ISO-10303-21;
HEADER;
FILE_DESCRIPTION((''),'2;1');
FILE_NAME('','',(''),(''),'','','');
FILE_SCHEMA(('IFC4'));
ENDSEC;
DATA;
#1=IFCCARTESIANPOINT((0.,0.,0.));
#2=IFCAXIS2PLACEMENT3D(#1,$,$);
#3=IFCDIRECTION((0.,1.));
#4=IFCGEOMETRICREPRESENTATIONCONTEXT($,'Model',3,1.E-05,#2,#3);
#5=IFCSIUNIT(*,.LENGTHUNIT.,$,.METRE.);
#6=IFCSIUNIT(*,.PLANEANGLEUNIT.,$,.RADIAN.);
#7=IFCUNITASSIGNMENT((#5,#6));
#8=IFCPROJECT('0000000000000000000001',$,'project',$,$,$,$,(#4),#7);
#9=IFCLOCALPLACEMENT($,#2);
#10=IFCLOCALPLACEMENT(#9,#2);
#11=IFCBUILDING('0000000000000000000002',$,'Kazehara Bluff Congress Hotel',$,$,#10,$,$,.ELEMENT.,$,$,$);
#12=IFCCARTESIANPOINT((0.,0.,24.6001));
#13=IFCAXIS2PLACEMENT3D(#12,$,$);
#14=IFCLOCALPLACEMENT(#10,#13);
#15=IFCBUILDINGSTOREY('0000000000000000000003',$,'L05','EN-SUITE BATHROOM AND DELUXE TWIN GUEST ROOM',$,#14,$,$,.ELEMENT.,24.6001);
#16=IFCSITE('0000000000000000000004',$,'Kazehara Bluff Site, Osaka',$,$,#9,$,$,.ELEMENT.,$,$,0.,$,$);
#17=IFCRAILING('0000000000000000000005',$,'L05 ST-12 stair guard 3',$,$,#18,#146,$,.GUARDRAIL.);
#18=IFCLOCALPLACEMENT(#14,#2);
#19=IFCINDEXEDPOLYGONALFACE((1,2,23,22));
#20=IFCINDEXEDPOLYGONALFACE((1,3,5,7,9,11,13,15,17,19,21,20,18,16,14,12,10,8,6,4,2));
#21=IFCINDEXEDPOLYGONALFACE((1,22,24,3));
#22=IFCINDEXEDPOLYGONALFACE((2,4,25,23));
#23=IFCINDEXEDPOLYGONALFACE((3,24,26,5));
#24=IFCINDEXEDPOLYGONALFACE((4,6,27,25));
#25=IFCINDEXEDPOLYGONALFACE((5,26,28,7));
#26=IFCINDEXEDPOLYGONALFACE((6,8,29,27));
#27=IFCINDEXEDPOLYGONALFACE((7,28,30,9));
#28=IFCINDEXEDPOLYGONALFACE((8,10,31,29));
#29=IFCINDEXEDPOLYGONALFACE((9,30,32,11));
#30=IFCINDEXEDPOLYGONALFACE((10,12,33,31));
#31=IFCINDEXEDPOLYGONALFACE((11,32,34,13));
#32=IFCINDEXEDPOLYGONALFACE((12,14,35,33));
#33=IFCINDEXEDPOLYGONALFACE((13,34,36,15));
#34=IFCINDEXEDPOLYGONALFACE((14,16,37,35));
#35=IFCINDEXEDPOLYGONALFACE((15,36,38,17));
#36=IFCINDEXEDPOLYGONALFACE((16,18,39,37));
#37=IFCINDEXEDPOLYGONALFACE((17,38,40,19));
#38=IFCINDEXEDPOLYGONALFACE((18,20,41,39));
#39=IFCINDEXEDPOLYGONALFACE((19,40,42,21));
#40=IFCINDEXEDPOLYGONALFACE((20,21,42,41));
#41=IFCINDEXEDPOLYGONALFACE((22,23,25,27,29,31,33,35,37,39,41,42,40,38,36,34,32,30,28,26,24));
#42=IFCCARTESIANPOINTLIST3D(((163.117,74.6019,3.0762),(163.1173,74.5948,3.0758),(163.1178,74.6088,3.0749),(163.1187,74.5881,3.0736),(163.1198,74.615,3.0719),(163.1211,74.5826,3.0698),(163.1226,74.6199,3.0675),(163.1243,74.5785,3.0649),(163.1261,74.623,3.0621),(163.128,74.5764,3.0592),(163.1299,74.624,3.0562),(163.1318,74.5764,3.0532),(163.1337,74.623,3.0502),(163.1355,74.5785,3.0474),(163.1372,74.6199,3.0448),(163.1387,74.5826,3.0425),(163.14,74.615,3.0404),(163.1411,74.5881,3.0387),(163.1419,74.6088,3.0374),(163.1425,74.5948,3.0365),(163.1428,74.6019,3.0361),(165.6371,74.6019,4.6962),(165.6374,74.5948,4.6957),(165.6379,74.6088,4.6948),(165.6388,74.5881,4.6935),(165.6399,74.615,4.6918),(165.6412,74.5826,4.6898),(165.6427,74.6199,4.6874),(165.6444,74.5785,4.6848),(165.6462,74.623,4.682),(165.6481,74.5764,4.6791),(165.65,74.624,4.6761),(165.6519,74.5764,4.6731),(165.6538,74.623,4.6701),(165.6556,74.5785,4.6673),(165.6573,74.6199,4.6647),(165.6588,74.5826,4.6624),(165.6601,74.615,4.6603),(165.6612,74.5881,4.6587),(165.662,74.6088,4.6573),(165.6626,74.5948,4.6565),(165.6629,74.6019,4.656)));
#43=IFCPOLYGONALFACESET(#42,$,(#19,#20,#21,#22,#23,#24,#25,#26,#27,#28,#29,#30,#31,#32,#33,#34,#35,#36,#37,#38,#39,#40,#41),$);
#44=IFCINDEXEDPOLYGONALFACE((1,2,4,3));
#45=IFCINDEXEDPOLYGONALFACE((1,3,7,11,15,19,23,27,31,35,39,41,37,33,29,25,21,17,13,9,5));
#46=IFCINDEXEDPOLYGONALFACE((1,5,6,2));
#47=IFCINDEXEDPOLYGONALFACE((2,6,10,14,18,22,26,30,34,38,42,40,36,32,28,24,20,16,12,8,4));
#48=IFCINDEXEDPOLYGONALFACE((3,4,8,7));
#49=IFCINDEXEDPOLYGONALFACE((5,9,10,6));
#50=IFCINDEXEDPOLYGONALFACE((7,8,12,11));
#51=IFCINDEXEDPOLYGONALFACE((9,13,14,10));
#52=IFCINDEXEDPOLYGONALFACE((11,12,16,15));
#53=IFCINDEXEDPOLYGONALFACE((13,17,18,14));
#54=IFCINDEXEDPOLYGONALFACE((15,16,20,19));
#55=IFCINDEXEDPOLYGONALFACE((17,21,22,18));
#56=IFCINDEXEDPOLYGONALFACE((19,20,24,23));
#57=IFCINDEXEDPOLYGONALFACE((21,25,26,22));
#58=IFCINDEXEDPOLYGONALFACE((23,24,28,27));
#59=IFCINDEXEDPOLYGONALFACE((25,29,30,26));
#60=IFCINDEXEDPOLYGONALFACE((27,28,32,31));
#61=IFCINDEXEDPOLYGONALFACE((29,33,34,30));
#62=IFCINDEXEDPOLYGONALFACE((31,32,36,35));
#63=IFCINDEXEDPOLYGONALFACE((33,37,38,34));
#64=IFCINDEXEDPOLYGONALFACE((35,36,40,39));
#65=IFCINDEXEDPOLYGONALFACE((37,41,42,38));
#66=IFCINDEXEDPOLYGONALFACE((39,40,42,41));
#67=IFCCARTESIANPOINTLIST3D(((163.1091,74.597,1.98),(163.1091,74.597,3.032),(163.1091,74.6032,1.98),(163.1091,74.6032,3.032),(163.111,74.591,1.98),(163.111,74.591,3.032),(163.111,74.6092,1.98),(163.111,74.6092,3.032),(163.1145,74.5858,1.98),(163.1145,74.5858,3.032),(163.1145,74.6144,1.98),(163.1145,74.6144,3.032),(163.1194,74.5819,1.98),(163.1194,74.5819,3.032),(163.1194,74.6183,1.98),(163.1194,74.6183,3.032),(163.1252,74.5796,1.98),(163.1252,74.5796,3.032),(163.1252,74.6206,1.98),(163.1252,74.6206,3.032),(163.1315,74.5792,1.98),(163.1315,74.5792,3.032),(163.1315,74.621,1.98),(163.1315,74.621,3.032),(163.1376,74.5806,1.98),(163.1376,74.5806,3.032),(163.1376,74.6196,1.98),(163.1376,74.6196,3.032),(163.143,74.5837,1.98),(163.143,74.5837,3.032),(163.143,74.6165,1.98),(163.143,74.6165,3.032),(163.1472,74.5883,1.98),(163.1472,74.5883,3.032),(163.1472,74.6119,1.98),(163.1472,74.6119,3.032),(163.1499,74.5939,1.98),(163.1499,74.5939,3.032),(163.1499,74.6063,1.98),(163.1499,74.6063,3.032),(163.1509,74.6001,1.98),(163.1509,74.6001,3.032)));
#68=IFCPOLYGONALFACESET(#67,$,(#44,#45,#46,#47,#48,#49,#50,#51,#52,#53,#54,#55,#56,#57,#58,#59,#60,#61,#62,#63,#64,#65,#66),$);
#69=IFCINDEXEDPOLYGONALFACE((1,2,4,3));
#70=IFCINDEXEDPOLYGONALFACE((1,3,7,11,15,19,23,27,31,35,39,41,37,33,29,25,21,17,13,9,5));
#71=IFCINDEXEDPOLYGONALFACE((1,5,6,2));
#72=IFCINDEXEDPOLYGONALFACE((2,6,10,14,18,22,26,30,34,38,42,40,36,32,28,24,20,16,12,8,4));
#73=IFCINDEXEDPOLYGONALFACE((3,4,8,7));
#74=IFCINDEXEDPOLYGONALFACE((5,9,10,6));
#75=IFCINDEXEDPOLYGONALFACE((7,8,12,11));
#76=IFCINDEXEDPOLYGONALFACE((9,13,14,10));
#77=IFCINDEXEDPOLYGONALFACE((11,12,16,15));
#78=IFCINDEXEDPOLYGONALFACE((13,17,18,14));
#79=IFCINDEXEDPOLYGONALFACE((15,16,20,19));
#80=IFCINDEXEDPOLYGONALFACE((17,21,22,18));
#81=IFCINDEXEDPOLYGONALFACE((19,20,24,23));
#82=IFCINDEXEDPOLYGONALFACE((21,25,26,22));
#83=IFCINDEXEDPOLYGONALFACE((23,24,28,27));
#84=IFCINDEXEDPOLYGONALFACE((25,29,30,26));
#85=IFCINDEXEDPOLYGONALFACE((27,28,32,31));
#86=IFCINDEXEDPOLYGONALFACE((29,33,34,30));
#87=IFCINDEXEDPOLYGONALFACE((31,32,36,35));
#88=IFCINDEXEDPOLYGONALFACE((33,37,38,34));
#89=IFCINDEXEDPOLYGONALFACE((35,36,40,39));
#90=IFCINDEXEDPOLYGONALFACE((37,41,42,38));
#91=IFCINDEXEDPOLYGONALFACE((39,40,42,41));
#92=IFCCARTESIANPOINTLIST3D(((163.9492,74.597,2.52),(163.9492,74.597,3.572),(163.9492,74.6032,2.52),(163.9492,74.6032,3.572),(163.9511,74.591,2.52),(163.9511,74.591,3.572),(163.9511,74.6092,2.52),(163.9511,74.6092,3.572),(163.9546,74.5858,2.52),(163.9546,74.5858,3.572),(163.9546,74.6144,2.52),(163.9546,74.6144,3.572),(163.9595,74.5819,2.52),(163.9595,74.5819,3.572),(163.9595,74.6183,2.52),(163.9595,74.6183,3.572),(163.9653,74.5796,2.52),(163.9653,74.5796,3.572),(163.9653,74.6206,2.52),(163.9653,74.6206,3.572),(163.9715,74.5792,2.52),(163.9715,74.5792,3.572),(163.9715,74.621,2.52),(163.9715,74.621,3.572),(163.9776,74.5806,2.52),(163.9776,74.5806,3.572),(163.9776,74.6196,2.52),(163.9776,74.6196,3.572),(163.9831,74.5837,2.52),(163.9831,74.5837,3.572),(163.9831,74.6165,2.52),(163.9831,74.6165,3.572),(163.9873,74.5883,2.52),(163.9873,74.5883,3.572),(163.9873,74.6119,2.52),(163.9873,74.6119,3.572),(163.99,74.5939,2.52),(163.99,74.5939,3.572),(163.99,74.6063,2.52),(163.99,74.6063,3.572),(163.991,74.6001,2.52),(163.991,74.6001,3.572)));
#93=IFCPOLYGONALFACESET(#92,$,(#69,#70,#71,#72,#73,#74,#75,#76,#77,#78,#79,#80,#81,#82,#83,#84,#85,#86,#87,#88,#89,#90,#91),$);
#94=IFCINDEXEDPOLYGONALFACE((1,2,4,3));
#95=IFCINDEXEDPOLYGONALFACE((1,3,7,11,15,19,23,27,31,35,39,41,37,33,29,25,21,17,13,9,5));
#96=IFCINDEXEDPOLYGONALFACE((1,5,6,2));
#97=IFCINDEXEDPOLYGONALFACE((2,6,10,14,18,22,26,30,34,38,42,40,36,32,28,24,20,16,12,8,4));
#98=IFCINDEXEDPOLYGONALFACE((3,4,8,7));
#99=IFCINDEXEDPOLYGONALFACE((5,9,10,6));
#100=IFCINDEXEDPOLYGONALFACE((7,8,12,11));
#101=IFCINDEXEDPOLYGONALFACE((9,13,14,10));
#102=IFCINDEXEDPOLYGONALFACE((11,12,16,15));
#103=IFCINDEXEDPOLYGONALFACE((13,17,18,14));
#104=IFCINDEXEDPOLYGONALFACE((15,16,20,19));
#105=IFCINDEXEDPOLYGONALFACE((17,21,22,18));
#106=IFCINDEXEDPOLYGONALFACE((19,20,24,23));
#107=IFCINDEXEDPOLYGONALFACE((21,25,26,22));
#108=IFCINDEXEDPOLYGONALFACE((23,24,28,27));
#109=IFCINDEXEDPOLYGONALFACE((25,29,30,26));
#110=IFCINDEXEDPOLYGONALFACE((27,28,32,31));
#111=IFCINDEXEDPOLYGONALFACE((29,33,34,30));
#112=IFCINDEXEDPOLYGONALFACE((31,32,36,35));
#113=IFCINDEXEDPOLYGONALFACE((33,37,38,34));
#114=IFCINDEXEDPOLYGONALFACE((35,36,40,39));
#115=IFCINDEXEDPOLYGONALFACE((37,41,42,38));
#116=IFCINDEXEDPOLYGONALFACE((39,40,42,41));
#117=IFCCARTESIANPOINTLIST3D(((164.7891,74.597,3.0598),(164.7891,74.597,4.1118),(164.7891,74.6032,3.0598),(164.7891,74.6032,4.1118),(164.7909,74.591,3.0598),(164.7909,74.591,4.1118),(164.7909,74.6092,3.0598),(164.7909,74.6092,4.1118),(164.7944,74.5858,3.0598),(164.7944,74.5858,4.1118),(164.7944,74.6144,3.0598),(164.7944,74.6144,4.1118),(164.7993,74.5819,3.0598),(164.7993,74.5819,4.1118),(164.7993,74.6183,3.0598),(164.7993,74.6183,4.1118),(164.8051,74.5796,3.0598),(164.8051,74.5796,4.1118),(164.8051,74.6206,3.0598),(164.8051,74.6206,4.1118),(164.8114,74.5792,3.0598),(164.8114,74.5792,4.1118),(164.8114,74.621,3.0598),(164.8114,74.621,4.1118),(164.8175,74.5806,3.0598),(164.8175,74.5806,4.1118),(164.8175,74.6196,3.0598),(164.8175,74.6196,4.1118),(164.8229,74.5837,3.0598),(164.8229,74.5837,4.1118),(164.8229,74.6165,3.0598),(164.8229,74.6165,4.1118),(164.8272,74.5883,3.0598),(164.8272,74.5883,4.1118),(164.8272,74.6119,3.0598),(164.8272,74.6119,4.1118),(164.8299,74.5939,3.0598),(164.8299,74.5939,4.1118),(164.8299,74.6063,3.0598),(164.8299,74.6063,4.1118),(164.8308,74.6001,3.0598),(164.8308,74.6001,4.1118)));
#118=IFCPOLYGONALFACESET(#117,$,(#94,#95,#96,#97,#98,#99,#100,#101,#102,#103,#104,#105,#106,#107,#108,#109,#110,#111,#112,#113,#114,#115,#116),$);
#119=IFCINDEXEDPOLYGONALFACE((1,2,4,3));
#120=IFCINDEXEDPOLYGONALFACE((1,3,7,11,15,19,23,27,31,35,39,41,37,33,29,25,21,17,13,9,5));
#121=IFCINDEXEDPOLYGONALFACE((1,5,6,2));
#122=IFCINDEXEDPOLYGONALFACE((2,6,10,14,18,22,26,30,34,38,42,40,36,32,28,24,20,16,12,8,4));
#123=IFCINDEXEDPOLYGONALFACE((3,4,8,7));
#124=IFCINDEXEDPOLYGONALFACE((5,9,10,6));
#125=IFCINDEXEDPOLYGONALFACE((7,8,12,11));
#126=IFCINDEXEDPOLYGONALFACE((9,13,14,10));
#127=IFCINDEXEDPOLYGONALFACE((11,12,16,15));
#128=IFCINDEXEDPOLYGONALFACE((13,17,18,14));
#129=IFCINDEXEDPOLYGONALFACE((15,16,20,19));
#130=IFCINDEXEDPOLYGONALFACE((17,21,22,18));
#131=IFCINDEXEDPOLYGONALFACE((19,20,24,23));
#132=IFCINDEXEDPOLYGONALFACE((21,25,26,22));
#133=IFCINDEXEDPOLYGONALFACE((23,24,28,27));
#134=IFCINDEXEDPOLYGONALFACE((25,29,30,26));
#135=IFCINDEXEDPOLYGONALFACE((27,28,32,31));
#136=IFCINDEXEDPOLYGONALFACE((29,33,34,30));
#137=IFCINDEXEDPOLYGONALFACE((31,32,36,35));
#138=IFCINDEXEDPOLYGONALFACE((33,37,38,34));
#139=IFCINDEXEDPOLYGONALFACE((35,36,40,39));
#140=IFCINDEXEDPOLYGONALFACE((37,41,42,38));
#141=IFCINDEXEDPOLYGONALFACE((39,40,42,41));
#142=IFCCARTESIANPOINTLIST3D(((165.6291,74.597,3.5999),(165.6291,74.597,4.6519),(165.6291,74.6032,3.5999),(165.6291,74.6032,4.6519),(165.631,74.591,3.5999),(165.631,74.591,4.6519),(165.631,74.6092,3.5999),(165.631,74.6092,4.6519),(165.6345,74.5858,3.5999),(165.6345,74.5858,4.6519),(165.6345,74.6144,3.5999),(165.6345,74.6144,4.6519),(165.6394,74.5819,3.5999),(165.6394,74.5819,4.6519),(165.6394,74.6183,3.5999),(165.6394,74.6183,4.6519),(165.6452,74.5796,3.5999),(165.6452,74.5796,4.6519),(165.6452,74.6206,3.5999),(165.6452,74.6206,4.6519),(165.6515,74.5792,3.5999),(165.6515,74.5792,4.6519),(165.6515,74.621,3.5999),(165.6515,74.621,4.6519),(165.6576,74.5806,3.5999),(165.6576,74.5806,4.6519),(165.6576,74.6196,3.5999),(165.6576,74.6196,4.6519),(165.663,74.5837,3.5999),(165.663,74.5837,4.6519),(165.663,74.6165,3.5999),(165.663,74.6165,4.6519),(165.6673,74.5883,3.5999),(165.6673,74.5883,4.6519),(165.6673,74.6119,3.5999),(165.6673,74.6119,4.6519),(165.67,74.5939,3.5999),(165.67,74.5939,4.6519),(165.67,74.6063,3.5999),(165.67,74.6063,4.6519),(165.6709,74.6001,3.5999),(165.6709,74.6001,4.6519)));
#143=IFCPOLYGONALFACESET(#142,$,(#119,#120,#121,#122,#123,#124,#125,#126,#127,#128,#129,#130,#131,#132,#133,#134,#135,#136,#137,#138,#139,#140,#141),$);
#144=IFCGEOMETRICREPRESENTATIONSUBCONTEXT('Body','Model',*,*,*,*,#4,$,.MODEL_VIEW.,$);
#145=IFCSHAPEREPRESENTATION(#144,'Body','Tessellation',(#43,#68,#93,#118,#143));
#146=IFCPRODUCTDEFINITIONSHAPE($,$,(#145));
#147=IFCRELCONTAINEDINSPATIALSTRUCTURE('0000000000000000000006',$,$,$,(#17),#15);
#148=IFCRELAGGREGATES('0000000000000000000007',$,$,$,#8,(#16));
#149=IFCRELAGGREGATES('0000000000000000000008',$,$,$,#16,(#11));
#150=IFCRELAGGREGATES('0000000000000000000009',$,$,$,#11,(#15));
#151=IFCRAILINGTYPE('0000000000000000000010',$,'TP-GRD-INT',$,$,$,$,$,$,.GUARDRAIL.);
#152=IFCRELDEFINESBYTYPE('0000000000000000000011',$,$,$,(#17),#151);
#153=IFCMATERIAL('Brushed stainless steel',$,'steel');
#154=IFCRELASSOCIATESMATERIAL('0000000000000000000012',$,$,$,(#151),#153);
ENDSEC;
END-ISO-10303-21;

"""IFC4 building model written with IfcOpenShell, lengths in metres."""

from ifc_helpers import new_model, si_unit, direction, frame, origin, origin_2d, place, context, subcontext, project, spatial, circle, extrude, material, type_object, element, save


model = new_model("IFC4")

# Units and contexts
model_context = context("Model", 3, precision=1e-05, world=origin(), true_north=direction((0.0, 1.0)))
body_context = subcontext(model_context, "Body", "Model", "MODEL_VIEW")
ifc_project = project(units=[si_unit("LENGTHUNIT", "METRE"), si_unit("PLANEANGLEUNIT", "RADIAN")], contexts=[model_context])

# Site, building, storey
site_placement = place(None, origin())
site = spatial("IfcSite", under=ifc_project, at=site_placement, Name="Kazehara Bluff Site, Osaka", CompositionType="ELEMENT", RefElevation=0.0)
building_placement = place(site_placement, origin())
building = spatial("IfcBuilding", under=site, at=building_placement, Name="Kazehara Bluff Congress Hotel", CompositionType="ELEMENT")
storey_placement = place(building_placement, frame((0.0, 0.0, 24.6001)))
storey = spatial("IfcBuildingStorey", under=building, at=storey_placement, Name="L05", Description="EN-SUITE BATHROOM AND DELUXE TWIN GUEST ROOM", CompositionType="ELEMENT", Elevation=24.6001)

# Railing
ifc_material_1 = material(Name="Brushed stainless steel", Category="steel")
railing_type_1 = type_object("IfcRailingType", Name="TP-GRD-INT", PredefinedType="GUARDRAIL", material=ifc_material_1)
railing_1_placement = place(storey_placement, frame((163.1299, 74.6001, 1.98)))
element("IfcRailing", 1, at=railing_1_placement, inside=storey, type_object=railing_type_1, Name="L05 ST-12 stair guard 3", PredefinedType="GUARDRAIL", context=body_context, shape_type="SweptSolid", body=[
    extrude(circle(Radius=0.0239, at=origin_2d()), frame((0.0, 0.0, 1.0762), z_axis=(0.8412, 0.0, 0.540725), x_axis=(0.0, 1.0, 0.0)), (0.0, 0.0, 1.0), 2.9958),
    extrude(circle(Radius=0.021, at=origin_2d()), origin(), (0.0, 0.0, 1.0), 1.052),
    extrude(circle(Radius=0.021, at=origin_2d()), frame((0.8401, 0.0, 0.54)), (0.0, 0.0, 1.0), 1.052),
    extrude(circle(Radius=0.021, at=origin_2d()), frame((1.6799, 0.0, 1.0798)), (0.0, 0.0, 1.0), 1.052),
    extrude(circle(Radius=0.021, at=origin_2d()), frame((2.52, 0.0, 1.6199)), (0.0, 0.0, 1.0), 1.052),
])

save(model, "model.ifc")
